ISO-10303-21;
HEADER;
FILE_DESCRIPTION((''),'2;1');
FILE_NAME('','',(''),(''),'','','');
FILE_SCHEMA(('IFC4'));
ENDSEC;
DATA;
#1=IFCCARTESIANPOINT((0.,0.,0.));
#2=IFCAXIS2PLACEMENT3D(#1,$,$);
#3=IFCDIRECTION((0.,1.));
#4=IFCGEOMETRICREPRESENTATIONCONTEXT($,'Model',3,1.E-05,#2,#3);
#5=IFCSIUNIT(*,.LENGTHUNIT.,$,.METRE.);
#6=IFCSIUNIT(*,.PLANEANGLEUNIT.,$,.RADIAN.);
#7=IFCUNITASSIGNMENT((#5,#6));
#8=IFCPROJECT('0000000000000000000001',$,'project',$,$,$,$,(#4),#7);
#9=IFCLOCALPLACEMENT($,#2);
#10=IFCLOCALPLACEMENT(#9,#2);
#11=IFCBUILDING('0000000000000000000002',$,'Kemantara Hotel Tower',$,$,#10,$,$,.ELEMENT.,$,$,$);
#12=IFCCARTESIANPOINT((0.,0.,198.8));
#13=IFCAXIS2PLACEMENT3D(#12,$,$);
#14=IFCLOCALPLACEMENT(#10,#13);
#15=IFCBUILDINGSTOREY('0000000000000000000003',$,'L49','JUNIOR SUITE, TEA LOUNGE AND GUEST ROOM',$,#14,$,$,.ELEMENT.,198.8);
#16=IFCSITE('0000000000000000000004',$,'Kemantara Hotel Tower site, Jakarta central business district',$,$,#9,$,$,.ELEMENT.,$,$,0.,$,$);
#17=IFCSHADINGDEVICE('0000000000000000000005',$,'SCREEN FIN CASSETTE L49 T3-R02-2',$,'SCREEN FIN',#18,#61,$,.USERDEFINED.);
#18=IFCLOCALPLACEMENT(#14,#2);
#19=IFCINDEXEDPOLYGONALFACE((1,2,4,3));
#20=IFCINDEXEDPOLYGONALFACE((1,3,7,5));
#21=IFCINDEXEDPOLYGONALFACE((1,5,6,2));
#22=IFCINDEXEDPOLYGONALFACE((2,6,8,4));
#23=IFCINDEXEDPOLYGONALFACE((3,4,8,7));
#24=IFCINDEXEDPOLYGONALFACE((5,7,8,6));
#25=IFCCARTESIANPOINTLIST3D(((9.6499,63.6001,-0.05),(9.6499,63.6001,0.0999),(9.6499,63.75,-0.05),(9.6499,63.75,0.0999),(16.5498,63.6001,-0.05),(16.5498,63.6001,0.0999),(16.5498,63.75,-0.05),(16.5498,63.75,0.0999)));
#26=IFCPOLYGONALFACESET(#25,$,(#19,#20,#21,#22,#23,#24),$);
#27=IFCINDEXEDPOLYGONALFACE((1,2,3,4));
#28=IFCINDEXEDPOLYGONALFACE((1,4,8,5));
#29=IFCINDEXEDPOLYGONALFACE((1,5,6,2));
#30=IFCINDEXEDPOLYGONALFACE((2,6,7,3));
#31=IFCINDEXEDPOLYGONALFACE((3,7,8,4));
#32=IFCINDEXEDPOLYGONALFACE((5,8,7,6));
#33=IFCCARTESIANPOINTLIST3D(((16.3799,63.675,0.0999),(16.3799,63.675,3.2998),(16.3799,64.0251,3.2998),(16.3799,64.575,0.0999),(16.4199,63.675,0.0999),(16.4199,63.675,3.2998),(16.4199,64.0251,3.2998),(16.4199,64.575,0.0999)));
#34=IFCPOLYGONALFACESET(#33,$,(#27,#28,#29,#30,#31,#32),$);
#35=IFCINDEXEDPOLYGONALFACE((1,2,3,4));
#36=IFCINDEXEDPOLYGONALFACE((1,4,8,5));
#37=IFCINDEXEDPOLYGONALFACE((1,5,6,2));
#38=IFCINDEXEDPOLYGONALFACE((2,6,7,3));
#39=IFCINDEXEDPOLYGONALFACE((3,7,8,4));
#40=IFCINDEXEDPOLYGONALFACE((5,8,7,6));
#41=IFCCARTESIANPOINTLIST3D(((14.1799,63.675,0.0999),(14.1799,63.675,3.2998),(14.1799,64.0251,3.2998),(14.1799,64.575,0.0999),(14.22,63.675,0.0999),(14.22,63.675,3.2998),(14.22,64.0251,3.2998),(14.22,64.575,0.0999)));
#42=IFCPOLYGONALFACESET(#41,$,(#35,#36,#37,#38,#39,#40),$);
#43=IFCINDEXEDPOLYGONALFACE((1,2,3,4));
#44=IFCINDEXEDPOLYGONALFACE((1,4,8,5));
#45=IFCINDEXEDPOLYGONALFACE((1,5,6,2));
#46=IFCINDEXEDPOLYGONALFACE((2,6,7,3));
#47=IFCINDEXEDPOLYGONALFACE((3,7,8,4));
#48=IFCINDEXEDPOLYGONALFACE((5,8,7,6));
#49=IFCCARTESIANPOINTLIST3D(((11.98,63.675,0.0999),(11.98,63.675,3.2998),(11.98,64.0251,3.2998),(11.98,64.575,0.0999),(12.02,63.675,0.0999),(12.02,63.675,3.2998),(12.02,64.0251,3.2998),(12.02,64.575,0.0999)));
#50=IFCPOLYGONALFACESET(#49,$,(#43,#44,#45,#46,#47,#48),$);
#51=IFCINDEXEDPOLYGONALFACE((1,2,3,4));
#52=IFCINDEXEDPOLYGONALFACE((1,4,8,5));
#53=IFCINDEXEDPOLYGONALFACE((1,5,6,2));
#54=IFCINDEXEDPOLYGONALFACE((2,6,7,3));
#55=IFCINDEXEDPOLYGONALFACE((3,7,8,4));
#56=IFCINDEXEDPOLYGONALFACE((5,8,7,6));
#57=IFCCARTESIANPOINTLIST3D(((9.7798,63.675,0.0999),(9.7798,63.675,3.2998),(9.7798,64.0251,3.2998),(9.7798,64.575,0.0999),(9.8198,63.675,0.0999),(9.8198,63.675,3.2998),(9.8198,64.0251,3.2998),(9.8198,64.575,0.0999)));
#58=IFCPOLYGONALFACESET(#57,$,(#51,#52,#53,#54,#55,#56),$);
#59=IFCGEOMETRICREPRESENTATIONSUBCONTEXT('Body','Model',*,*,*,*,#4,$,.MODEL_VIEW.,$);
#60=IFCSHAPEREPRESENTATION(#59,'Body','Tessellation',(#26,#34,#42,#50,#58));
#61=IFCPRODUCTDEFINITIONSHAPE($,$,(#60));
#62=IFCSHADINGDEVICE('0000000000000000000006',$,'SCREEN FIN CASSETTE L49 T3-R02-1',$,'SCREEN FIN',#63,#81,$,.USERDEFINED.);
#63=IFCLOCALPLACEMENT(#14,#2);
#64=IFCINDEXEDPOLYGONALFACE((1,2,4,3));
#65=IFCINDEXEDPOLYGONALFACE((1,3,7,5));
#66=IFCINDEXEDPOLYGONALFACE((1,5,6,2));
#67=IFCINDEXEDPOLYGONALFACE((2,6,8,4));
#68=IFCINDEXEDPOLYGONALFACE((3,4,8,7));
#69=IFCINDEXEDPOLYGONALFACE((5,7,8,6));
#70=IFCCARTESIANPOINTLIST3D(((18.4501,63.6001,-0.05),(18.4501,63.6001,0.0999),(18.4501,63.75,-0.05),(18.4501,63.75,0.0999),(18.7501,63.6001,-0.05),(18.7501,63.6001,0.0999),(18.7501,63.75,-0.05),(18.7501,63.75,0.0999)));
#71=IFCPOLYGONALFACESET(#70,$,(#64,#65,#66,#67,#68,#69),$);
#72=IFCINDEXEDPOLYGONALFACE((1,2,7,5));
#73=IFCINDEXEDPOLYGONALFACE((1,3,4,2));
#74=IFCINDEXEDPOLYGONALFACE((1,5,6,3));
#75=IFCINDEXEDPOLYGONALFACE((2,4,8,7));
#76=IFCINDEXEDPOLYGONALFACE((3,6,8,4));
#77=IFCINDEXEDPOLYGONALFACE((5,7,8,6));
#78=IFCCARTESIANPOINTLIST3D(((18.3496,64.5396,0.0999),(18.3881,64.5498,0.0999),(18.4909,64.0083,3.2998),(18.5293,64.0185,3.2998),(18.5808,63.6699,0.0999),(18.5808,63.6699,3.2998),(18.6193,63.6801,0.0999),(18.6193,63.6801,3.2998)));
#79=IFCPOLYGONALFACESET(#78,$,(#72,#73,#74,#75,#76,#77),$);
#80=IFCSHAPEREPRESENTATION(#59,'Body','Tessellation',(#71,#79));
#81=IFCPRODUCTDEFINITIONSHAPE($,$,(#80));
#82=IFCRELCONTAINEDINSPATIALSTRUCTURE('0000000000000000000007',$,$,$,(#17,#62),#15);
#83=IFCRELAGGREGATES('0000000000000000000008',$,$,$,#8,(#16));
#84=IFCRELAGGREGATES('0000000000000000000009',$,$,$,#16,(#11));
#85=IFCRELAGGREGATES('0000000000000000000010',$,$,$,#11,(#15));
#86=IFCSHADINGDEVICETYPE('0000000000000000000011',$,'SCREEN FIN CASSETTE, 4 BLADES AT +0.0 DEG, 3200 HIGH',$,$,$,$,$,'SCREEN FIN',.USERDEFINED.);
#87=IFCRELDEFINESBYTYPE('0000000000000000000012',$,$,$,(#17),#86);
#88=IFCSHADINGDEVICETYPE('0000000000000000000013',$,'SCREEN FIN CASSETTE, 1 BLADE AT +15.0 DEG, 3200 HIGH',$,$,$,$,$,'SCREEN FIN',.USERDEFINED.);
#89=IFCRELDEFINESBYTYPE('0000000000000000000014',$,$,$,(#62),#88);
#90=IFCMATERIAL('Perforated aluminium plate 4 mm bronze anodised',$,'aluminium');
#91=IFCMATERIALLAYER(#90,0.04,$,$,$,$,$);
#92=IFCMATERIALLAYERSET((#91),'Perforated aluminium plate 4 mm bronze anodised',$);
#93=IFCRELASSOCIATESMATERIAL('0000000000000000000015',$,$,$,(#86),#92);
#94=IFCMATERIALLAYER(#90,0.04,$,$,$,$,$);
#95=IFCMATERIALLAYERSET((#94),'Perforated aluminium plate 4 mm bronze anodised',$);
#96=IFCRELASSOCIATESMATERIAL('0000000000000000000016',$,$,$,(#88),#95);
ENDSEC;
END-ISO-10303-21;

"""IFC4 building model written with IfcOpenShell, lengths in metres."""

from ifc_helpers import new_model, si_unit, direction, frame, origin, origin_2d, place, context, subcontext, project, spatial, polyline, rectangle, outline, extrude, source, transform, mapped, material, layer, layer_set, type_object, element, save


model = new_model("IFC4")

# Units and contexts
model_context = context("Model", 3, precision=1e-05, world=origin(), true_north=direction((0.0, 1.0)))
body_context = subcontext(model_context, "Body", "Model", "MODEL_VIEW")
ifc_project = project(units=[si_unit("LENGTHUNIT", "METRE"), si_unit("PLANEANGLEUNIT", "RADIAN")], contexts=[model_context])

# Site, building, storey
site_placement = place(None, origin())
site = spatial("IfcSite", under=ifc_project, at=site_placement, Name="Kemantara Hotel Tower site, Jakarta central business district", CompositionType="ELEMENT", RefElevation=0.0)
building_placement = place(site_placement, origin())
building = spatial("IfcBuilding", under=site, at=building_placement, Name="Kemantara Hotel Tower", CompositionType="ELEMENT")
storey_placement = place(building_placement, frame((0.0, 0.0, 198.8)))
storey = spatial("IfcBuildingStorey", under=building, at=storey_placement, Name="L49", Description="JUNIOR SUITE, TEA LOUNGE AND GUEST ROOM", CompositionType="ELEMENT", Elevation=198.8)

# Shading devices
ifc_material_1 = material(Name="Perforated aluminium plate 4 mm bronze anodised", Category="aluminium")
ifc_layer_1 = layer(ifc_material_1, 0.04)
ifc_layer_set_1 = layer_set([ifc_layer_1], Name="Perforated aluminium plate 4 mm bronze anodised")
shading_device_type_1 = type_object("IfcShadingDeviceType", Name="SCREEN FIN CASSETTE, 4 BLADES AT +0.0 DEG, 3200 HIGH", ElementType="SCREEN FIN", PredefinedType="USERDEFINED", material=ifc_layer_set_1)
shared_shape_1 = source(origin(), body_context, "Body", "SweptSolid", [
    extrude(rectangle(XDim=6.8999, YDim=0.1499, at=origin_2d()), frame((3.3, -0.075, -0.1499), z_axis=(0.0, 0.0, 1.0), x_axis=(1.0, 0.0, 0.0)), (0.0, 0.0, 1.0), 0.1499),
    extrude(outline(polyline([(0.0, 0.0), (0.8999, 0.0), (0.3501, 3.2), (0.0, 3.2), (0.0, 0.0)])), frame((0.02, -0.075, 0.0), z_axis=(-1.0, 0.0, 0.0), x_axis=(0.0, -1.0, 0.0)), (0.0, 0.0, 1.0), 0.04),
    extrude(outline(polyline([(0.0, 0.0), (0.8999, 0.0), (0.3501, 3.2), (0.0, 3.2), (0.0, 0.0)])), frame((2.22, -0.075, 0.0), z_axis=(-1.0, 0.0, 0.0), x_axis=(0.0, -1.0, 0.0)), (0.0, 0.0, 1.0), 0.04),
    extrude(outline(polyline([(0.0, 0.0), (0.8999, 0.0), (0.3501, 3.2), (0.0, 3.2), (0.0, 0.0)])), frame((4.4199, -0.075, 0.0), z_axis=(-1.0, 0.0, 0.0), x_axis=(0.0, -1.0, 0.0)), (0.0, 0.0, 1.0), 0.04),
    extrude(outline(polyline([(0.0, 0.0), (0.8999, 0.0), (0.3501, 3.2), (0.0, 3.2), (0.0, 0.0)])), frame((6.6201, -0.075, 0.0), z_axis=(-1.0, 0.0, 0.0), x_axis=(0.0, -1.0, 0.0)), (0.0, 0.0, 1.0), 0.04),
])
shading_device_1_placement = place(storey_placement, frame((16.3999, 63.6001, 0.0999), z_axis=(0.0, 0.0, 1.0), x_axis=(-1.0, 0.0, 0.0)))
element("IfcShadingDevice", 1, at=shading_device_1_placement, inside=storey, type_object=shading_device_type_1, Name="SCREEN FIN CASSETTE L49 T3-R02-2", ObjectType="SCREEN FIN", PredefinedType="USERDEFINED", context=body_context, shape_type="MappedRepresentation", body=[
    mapped(shared_shape_1, transform((0.0, 0.0, 0.0))),
])
ifc_layer_2 = layer(ifc_material_1, 0.04)
ifc_layer_set_2 = layer_set([ifc_layer_2], Name="Perforated aluminium plate 4 mm bronze anodised")
shading_device_type_2 = type_object("IfcShadingDeviceType", Name="SCREEN FIN CASSETTE, 1 BLADE AT +15.0 DEG, 3200 HIGH", ElementType="SCREEN FIN", PredefinedType="USERDEFINED", material=ifc_layer_set_2)
shared_shape_2 = source(origin(), body_context, "Body", "SweptSolid", [
    extrude(rectangle(XDim=0.3, YDim=0.1499, at=origin_2d()), frame((0.0, -0.075, -0.1499), z_axis=(0.0, 0.0, 1.0), x_axis=(1.0, 0.0, 0.0)), (0.0, 0.0, 1.0), 0.1499),
    extrude(outline(polyline([(0.0, 0.0), (0.8999, 0.0), (0.3501, 3.2), (0.0, 3.2), (0.0, 0.0)])), frame((0.0193, -0.0698, 0.0), z_axis=(-0.966438, -0.256901, 0.0), x_axis=(0.256901, -0.966438, 0.0)), (0.0, 0.0, 1.0), 0.0398),
])
shading_device_2_placement = place(storey_placement, frame((18.6001, 63.6001, 0.0999), z_axis=(0.0, 0.0, 1.0), x_axis=(-1.0, 0.0, 0.0)))
element("IfcShadingDevice", 2, at=shading_device_2_placement, inside=storey, type_object=shading_device_type_2, Name="SCREEN FIN CASSETTE L49 T3-R02-1", ObjectType="SCREEN FIN", PredefinedType="USERDEFINED", context=body_context, shape_type="MappedRepresentation", body=[
    mapped(shared_shape_2, transform((0.0, 0.0, 0.0))),
])

save(model, "model.ifc")
